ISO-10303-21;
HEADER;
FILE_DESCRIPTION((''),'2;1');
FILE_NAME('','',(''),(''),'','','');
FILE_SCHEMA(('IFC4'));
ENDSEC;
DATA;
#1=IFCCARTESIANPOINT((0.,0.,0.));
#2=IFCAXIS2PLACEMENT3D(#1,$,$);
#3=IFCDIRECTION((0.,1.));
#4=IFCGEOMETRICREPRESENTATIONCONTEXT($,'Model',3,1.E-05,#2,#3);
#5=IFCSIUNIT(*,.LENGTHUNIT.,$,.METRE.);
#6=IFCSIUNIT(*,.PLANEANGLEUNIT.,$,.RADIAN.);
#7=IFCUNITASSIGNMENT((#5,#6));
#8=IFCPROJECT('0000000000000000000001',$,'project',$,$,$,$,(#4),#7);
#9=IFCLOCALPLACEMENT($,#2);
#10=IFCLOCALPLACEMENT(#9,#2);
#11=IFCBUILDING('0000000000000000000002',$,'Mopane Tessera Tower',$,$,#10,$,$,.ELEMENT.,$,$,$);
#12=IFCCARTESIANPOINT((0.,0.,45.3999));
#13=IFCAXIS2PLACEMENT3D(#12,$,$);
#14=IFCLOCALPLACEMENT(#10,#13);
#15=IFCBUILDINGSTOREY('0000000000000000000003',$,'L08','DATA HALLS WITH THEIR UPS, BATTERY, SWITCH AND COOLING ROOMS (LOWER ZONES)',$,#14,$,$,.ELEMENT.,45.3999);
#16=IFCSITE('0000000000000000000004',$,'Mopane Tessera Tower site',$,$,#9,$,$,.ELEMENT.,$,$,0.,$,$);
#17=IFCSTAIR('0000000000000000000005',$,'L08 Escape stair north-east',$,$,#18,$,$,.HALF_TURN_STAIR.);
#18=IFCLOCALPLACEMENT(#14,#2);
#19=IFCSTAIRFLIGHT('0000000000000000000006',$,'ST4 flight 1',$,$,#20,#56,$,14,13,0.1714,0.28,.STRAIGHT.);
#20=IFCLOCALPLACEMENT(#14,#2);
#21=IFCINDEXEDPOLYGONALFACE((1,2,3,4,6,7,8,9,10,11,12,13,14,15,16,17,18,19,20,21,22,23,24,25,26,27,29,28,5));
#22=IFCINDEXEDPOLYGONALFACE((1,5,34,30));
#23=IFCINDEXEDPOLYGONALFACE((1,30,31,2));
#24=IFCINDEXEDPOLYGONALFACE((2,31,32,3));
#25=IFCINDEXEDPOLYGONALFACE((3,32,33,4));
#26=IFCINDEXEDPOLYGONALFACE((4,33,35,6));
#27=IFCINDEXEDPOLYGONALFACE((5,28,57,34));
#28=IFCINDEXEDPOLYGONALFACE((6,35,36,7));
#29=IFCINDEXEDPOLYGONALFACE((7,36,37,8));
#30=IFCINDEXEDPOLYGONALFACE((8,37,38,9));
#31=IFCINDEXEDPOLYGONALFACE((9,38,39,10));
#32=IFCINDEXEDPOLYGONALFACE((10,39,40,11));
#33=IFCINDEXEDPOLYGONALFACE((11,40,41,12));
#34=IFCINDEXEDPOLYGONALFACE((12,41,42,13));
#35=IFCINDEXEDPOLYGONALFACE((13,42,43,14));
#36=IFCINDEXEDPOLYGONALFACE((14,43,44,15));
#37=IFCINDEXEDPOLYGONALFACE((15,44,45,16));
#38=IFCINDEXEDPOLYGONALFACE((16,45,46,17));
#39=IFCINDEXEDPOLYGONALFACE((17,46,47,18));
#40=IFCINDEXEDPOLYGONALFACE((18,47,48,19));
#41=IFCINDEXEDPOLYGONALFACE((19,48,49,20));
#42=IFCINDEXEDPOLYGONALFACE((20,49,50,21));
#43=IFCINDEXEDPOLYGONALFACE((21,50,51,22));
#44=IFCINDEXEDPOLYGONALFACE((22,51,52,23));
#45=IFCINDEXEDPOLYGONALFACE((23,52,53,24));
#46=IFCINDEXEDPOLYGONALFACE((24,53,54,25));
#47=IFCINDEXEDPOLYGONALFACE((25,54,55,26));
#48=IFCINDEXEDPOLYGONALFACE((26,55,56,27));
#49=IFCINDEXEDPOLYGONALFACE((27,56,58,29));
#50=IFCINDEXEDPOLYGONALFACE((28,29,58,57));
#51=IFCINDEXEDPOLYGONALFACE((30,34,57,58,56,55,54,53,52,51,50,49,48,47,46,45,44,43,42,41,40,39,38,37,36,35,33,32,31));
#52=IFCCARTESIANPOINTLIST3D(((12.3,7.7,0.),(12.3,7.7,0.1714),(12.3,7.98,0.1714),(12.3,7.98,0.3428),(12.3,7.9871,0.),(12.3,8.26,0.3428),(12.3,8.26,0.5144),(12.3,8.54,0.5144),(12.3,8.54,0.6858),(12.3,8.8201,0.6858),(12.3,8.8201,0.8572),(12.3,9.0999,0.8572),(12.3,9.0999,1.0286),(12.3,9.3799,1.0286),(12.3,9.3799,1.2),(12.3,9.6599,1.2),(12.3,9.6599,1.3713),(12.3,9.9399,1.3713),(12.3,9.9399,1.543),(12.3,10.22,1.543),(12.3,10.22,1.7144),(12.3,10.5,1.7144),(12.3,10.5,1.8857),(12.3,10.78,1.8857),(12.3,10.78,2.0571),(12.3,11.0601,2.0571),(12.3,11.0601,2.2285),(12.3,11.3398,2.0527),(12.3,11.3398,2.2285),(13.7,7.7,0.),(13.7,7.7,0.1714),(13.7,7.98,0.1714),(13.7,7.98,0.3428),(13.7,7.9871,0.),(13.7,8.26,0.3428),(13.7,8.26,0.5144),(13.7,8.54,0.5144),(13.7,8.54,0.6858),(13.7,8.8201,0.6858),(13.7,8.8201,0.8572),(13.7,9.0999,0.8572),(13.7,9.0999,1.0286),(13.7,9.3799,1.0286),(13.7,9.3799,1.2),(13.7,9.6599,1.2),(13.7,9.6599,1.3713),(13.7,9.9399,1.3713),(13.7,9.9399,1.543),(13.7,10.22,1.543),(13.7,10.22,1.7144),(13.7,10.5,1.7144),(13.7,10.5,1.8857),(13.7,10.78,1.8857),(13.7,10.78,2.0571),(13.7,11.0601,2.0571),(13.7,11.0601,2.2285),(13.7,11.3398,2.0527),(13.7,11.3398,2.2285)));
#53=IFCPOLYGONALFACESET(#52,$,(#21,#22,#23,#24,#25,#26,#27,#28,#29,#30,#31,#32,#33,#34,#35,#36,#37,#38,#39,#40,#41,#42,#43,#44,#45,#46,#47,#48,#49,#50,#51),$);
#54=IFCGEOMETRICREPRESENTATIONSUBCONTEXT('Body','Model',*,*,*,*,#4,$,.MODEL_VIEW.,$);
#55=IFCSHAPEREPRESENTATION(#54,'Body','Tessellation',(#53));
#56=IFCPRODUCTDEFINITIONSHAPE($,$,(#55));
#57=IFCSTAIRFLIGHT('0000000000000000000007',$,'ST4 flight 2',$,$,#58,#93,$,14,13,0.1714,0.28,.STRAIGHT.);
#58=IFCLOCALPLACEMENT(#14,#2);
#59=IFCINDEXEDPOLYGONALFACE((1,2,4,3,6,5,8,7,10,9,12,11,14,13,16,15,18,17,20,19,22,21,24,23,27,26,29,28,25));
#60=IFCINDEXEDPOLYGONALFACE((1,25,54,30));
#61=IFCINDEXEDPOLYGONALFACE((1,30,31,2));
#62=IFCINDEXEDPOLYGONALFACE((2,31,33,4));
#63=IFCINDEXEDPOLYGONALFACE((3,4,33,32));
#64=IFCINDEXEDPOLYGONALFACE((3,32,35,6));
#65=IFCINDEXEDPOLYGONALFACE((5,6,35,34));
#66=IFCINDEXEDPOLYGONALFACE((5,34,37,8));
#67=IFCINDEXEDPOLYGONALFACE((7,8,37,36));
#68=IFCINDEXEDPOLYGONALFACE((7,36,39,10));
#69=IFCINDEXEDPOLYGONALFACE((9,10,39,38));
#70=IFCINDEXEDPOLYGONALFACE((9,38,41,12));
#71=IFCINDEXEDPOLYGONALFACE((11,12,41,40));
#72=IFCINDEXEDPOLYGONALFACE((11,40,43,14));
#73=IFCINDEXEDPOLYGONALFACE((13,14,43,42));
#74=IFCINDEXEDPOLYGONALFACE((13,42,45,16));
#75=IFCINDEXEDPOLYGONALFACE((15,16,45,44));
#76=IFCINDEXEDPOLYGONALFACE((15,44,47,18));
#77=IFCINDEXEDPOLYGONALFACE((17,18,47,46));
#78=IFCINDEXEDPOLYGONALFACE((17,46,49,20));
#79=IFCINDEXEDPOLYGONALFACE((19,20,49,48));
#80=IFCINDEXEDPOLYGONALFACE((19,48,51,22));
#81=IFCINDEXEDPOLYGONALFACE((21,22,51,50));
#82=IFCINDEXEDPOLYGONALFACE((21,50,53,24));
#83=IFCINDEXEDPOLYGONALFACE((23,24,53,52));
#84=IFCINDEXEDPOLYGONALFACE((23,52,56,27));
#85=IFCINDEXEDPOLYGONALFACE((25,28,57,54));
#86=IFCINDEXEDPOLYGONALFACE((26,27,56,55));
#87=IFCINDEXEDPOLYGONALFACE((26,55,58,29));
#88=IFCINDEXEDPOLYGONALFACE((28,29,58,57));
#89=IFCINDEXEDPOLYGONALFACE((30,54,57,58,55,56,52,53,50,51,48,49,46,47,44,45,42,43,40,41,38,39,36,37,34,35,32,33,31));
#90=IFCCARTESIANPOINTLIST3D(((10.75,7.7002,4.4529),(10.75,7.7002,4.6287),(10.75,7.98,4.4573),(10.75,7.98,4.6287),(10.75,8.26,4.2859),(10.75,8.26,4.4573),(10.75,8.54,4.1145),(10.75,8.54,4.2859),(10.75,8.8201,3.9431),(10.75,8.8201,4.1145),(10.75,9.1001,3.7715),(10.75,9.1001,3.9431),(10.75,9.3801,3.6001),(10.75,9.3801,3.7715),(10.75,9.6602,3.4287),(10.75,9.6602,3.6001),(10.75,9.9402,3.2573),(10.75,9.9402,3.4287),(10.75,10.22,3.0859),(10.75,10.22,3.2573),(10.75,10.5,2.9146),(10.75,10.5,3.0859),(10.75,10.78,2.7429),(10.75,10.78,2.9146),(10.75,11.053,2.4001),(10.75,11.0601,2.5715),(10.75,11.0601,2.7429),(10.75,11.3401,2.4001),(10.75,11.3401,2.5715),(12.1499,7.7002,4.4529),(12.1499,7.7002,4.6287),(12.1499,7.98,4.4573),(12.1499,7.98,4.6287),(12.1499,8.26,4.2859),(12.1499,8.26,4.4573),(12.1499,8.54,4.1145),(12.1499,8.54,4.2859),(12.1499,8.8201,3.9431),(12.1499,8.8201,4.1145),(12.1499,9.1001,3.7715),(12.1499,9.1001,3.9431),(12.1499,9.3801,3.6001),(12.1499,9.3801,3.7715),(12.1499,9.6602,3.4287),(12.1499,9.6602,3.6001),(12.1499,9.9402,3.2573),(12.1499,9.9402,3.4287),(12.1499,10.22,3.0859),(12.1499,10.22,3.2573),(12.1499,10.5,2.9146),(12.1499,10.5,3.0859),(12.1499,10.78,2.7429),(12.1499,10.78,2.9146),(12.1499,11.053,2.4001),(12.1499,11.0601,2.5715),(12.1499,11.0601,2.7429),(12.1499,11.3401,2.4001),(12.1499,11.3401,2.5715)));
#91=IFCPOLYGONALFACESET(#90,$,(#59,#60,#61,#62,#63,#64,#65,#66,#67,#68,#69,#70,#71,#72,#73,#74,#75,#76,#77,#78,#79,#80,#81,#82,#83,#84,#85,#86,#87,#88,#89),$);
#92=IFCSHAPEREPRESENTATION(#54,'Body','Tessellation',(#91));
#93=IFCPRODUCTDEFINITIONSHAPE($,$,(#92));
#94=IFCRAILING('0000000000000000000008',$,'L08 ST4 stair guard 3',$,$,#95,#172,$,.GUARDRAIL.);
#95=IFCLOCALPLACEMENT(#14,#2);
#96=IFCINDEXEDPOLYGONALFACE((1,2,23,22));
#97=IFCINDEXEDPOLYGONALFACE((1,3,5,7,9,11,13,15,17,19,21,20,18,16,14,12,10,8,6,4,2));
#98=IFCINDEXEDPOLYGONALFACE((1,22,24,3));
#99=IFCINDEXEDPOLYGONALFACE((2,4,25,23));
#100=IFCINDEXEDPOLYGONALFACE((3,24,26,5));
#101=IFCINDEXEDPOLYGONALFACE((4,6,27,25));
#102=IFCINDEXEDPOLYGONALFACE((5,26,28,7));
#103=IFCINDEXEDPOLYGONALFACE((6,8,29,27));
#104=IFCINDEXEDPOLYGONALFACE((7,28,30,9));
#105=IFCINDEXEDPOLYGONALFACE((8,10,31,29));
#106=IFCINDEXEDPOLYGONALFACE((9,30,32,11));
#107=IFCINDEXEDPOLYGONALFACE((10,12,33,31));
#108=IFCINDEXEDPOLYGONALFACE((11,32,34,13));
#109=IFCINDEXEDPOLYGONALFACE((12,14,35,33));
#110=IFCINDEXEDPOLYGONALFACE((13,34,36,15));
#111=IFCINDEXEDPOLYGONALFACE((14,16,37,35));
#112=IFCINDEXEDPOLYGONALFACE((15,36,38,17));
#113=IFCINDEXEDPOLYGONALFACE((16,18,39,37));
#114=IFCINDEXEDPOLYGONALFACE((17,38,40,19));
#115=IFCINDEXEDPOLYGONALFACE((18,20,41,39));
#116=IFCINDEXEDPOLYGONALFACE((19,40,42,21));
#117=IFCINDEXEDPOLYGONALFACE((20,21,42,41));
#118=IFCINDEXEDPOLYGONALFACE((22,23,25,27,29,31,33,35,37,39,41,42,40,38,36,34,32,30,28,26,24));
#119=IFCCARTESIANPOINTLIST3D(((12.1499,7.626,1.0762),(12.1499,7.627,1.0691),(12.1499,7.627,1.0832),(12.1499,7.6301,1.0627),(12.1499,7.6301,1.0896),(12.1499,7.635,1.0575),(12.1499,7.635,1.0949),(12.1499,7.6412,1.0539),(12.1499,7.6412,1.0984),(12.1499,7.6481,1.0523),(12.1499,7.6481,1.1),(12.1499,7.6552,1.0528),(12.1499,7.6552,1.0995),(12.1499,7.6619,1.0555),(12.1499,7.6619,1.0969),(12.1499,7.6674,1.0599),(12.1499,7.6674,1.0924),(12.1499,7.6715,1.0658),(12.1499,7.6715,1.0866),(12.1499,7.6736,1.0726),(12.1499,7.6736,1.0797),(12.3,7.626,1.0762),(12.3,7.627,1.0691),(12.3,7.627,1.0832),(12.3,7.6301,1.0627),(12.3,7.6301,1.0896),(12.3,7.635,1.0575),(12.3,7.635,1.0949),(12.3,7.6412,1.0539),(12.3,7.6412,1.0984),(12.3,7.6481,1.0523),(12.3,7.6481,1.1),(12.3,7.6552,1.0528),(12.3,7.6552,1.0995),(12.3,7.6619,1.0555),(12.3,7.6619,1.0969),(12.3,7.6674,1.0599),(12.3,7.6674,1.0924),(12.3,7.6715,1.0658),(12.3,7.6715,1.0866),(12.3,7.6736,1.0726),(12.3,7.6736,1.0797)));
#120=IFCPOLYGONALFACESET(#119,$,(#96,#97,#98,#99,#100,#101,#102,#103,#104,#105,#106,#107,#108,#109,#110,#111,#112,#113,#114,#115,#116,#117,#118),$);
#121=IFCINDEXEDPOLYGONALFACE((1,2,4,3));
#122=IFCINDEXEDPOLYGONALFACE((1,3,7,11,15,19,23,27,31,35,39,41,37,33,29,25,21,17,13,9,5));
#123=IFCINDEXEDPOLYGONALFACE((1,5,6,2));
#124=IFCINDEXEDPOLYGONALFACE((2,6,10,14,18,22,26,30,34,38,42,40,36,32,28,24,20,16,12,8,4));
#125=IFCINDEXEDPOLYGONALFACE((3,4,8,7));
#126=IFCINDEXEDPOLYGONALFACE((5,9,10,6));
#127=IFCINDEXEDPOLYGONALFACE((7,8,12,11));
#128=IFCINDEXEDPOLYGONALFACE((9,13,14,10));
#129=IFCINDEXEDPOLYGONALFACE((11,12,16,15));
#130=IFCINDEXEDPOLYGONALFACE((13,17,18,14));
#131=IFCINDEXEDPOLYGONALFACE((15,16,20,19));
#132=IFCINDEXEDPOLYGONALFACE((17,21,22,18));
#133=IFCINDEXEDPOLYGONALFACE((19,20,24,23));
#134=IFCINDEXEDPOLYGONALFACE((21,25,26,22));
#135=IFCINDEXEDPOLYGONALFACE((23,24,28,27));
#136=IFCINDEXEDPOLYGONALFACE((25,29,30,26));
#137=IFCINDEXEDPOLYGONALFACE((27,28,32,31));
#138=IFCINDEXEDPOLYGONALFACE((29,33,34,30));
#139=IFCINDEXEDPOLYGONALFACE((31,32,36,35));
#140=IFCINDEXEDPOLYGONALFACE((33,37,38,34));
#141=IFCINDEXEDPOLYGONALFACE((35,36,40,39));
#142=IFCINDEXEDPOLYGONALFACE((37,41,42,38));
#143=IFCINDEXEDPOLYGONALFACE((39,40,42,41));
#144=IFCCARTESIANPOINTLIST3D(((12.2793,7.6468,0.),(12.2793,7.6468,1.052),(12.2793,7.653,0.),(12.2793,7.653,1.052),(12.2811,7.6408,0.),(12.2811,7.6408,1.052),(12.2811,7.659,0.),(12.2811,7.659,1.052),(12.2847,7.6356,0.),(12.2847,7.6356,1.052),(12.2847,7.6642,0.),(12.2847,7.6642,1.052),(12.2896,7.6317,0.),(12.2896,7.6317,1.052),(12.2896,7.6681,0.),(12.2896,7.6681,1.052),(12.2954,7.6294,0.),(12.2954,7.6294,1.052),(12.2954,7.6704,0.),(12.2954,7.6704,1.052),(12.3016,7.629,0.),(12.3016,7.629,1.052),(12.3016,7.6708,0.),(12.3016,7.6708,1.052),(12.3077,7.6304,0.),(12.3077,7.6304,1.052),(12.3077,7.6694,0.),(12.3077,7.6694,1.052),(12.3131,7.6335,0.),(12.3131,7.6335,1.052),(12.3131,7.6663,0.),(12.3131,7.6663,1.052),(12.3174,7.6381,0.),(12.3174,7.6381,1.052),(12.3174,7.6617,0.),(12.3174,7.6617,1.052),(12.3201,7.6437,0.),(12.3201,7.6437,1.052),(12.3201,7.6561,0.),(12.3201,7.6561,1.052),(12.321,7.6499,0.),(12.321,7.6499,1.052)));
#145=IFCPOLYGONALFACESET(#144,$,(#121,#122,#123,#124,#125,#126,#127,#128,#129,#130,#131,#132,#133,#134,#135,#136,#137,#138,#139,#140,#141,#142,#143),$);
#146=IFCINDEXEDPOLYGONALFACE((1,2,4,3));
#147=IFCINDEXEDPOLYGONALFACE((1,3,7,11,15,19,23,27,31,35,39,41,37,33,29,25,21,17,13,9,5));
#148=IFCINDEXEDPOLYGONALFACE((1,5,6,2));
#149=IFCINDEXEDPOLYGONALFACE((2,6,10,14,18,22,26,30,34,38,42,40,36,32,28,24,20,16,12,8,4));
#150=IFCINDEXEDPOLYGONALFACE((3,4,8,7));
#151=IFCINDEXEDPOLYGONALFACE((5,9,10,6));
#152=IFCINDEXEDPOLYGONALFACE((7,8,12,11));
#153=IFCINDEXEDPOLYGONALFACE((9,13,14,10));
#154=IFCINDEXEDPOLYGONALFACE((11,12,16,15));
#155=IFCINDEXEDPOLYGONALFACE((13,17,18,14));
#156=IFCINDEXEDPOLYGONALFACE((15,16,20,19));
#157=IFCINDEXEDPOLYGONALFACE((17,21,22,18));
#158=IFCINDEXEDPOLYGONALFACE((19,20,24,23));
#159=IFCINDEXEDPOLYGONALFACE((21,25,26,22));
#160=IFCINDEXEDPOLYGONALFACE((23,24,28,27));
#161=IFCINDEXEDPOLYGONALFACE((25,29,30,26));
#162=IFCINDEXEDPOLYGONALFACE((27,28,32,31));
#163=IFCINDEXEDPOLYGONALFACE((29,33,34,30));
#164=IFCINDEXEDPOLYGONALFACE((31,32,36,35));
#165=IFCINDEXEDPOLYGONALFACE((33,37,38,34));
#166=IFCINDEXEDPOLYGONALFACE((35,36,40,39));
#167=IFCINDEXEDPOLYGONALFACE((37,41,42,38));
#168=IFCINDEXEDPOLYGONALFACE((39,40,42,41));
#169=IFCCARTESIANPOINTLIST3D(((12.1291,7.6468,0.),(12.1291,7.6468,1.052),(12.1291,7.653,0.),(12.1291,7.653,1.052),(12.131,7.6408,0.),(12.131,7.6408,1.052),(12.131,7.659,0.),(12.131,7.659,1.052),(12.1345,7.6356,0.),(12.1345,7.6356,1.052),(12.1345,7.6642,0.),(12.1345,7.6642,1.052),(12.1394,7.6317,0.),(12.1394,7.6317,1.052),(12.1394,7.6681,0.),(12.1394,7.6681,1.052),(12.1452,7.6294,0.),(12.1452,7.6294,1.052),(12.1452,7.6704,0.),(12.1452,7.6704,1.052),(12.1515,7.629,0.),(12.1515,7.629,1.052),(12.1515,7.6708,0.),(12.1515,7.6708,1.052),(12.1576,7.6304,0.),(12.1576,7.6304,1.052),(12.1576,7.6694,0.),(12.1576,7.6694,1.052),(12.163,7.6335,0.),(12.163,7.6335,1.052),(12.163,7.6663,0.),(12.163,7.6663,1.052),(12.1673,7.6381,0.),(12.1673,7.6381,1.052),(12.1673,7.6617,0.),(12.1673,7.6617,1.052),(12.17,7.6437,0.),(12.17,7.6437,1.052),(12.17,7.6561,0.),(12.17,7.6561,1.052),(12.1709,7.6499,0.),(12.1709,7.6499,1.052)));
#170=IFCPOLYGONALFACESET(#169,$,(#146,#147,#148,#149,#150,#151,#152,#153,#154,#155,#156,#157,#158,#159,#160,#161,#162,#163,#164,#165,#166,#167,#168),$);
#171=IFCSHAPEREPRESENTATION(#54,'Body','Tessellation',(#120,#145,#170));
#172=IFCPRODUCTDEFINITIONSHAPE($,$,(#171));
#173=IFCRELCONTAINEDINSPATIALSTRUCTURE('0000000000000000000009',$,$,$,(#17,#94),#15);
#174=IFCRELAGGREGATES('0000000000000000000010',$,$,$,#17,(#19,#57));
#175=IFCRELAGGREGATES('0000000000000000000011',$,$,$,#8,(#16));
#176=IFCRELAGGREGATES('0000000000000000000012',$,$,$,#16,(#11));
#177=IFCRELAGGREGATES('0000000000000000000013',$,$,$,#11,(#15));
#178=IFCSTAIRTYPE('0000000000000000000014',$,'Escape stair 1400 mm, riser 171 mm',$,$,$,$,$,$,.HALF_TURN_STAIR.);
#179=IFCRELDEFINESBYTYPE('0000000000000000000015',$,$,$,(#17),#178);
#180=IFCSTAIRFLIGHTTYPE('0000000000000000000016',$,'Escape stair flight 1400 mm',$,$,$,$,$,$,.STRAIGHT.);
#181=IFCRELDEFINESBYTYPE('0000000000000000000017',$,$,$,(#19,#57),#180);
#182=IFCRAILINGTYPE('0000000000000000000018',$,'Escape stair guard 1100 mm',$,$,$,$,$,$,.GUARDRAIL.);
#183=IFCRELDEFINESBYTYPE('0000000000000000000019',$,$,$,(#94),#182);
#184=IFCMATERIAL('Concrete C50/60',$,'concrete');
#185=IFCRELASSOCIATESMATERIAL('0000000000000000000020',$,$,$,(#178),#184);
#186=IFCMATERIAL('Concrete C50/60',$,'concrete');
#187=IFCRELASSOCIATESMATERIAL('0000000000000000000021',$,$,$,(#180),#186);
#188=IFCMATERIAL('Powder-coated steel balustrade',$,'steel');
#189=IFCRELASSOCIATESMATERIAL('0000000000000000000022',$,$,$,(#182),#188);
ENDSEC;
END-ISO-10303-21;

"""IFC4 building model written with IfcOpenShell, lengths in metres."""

from ifc_helpers import new_model, si_unit, direction, frame, origin, origin_2d, place, context, subcontext, project, spatial, polyline, circle, outline, extrude, material, type_object, element, aggregate, save


model = new_model("IFC4")

# Units and contexts
model_context = context("Model", 3, precision=1e-05, world=origin(), true_north=direction((0.0, 1.0)))
body_context = subcontext(model_context, "Body", "Model", "MODEL_VIEW")
ifc_project = project(units=[si_unit("LENGTHUNIT", "METRE"), si_unit("PLANEANGLEUNIT", "RADIAN")], contexts=[model_context])

# Site, building, storey
site_placement = place(None, origin())
site = spatial("IfcSite", under=ifc_project, at=site_placement, Name="Mopane Tessera Tower site", CompositionType="ELEMENT", RefElevation=0.0)
building_placement = place(site_placement, origin())
building = spatial("IfcBuilding", under=site, at=building_placement, Name="Mopane Tessera Tower", CompositionType="ELEMENT")
storey_placement = place(building_placement, frame((0.0, 0.0, 45.3999)))
storey = spatial("IfcBuildingStorey", under=building, at=storey_placement, Name="L08", Description="DATA HALLS WITH THEIR UPS, BATTERY, SWITCH AND COOLING ROOMS (LOWER ZONES)", CompositionType="ELEMENT", Elevation=45.3999)

# Stair, stair flights
ifc_material_1 = material(Name="Concrete C50/60", Category="concrete")
stair_type = type_object("IfcStairType", Name="Escape stair 1400 mm, riser 171 mm", PredefinedType="HALF_TURN_STAIR", material=ifc_material_1)
stair_placement = place(storey_placement, origin())
stair = element("IfcStair", 1, at=stair_placement, inside=storey, type_object=stair_type, Name="L08 Escape stair north-east", PredefinedType="HALF_TURN_STAIR")
ifc_material_2 = material(Name="Concrete C50/60", Category="concrete")
stair_flight_type = type_object("IfcStairFlightType", Name="Escape stair flight 1400 mm", PredefinedType="STRAIGHT", material=ifc_material_2)
stair_flight_1_placement = place(storey_placement, frame((13.0, 7.7, 0.0), z_axis=(0.0, 0.0, 1.0), x_axis=(0.0, 1.0, 0.0)))
stair_flight_1 = element("IfcStairFlight", 2, at=stair_flight_1_placement, type_object=stair_flight_type, Name="ST4 flight 1", NumberOfRisers=14, NumberOfTreads=13, PredefinedType="STRAIGHT", RiserHeight=0.1714, TreadLength=0.28, context=body_context, shape_type="SweptSolid", body=[
    extrude(outline(polyline([(0.0, 0.0), (0.0, 0.1714), (0.28, 0.1714), (0.28, 0.3428), (0.5601, 0.3428), (0.5601, 0.5144), (0.8401, 0.5144), (0.8401, 0.6858), (1.1201, 0.6858), (1.1201, 0.8572), (1.3999, 0.8572), (1.3999, 1.0286), (1.6799, 1.0286), (1.6799, 1.2), (1.96, 1.2), (1.96, 1.3713), (2.24, 1.3713), (2.24, 1.543), (2.52, 1.543), (2.52, 1.7144), (2.8, 1.7144), (2.8, 1.8857), (3.0801, 1.8857), (3.0801, 2.0571), (3.3601, 2.0571), (3.3601, 2.2285), (3.6399, 2.2285), (3.6399, 2.3999), (3.6399, 2.0527), (0.2871, 0.0), (0.0, 0.0)])), frame((0.0, 0.7, 0.0), z_axis=(0.0, -1.0, 0.0), x_axis=(1.0, 0.0, 0.0)), (0.0, 0.0, 1.0), 1.3999),
])
stair_flight_2_placement = place(storey_placement, frame((11.45, 11.3401, 2.4001), z_axis=(0.0, 0.0, 1.0), x_axis=(0.0, -1.0, 0.0)))
stair_flight_2 = element("IfcStairFlight", 3, at=stair_flight_2_placement, type_object=stair_flight_type, Name="ST4 flight 2", NumberOfRisers=14, NumberOfTreads=13, PredefinedType="STRAIGHT", RiserHeight=0.1714, TreadLength=0.28, context=body_context, shape_type="SweptSolid", body=[
    extrude(outline(polyline([(0.0, 0.0), (0.0, 0.1714), (0.28, 0.1714), (0.28, 0.3428), (0.5601, 0.3428), (0.5601, 0.5144), (0.8401, 0.5144), (0.8401, 0.6858), (1.1201, 0.6858), (1.1201, 0.8572), (1.3999, 0.8572), (1.3999, 1.0286), (1.6799, 1.0286), (1.6799, 1.2), (1.96, 1.2), (1.96, 1.3713), (2.24, 1.3713), (2.24, 1.543), (2.52, 1.543), (2.52, 1.7144), (2.8, 1.7144), (2.8, 1.8857), (3.0801, 1.8857), (3.0801, 2.0571), (3.3601, 2.0571), (3.3601, 2.2285), (3.6399, 2.2285), (3.6399, 2.3999), (3.6399, 2.0527), (0.2871, 0.0), (0.0, 0.0)])), frame((0.0, 0.7, 0.0), z_axis=(0.0, -1.0, 0.0), x_axis=(1.0, 0.0, 0.0)), (0.0, 0.0, 1.0), 1.3999),
])
aggregate(stair, [stair_flight_1, stair_flight_2])

# Railing
ifc_material_3 = material(Name="Powder-coated steel balustrade", Category="steel")
railing_type_1 = type_object("IfcRailingType", Name="Escape stair guard 1100 mm", PredefinedType="GUARDRAIL", material=ifc_material_3)
railing_1_placement = place(storey_placement, frame((12.3, 7.6499, 0.0)))
element("IfcRailing", 4, at=railing_1_placement, inside=storey, type_object=railing_type_1, Name="L08 ST4 stair guard 3", PredefinedType="GUARDRAIL", context=body_context, shape_type="SweptSolid", body=[
    extrude(circle(Radius=0.0239, at=origin_2d()), frame((0.0, 0.0, 1.0762), z_axis=(-1.0, 0.0, 0.0), x_axis=(0.0, -1.0, 0.0)), (0.0, 0.0, 1.0), 0.1501),
    extrude(circle(Radius=0.021, at=origin_2d()), origin(), (0.0, 0.0, 1.0), 1.052),
    extrude(circle(Radius=0.021, at=origin_2d()), frame((-0.1501, 0.0, 0.0)), (0.0, 0.0, 1.0), 1.052),
])

save(model, "model.ifc")
